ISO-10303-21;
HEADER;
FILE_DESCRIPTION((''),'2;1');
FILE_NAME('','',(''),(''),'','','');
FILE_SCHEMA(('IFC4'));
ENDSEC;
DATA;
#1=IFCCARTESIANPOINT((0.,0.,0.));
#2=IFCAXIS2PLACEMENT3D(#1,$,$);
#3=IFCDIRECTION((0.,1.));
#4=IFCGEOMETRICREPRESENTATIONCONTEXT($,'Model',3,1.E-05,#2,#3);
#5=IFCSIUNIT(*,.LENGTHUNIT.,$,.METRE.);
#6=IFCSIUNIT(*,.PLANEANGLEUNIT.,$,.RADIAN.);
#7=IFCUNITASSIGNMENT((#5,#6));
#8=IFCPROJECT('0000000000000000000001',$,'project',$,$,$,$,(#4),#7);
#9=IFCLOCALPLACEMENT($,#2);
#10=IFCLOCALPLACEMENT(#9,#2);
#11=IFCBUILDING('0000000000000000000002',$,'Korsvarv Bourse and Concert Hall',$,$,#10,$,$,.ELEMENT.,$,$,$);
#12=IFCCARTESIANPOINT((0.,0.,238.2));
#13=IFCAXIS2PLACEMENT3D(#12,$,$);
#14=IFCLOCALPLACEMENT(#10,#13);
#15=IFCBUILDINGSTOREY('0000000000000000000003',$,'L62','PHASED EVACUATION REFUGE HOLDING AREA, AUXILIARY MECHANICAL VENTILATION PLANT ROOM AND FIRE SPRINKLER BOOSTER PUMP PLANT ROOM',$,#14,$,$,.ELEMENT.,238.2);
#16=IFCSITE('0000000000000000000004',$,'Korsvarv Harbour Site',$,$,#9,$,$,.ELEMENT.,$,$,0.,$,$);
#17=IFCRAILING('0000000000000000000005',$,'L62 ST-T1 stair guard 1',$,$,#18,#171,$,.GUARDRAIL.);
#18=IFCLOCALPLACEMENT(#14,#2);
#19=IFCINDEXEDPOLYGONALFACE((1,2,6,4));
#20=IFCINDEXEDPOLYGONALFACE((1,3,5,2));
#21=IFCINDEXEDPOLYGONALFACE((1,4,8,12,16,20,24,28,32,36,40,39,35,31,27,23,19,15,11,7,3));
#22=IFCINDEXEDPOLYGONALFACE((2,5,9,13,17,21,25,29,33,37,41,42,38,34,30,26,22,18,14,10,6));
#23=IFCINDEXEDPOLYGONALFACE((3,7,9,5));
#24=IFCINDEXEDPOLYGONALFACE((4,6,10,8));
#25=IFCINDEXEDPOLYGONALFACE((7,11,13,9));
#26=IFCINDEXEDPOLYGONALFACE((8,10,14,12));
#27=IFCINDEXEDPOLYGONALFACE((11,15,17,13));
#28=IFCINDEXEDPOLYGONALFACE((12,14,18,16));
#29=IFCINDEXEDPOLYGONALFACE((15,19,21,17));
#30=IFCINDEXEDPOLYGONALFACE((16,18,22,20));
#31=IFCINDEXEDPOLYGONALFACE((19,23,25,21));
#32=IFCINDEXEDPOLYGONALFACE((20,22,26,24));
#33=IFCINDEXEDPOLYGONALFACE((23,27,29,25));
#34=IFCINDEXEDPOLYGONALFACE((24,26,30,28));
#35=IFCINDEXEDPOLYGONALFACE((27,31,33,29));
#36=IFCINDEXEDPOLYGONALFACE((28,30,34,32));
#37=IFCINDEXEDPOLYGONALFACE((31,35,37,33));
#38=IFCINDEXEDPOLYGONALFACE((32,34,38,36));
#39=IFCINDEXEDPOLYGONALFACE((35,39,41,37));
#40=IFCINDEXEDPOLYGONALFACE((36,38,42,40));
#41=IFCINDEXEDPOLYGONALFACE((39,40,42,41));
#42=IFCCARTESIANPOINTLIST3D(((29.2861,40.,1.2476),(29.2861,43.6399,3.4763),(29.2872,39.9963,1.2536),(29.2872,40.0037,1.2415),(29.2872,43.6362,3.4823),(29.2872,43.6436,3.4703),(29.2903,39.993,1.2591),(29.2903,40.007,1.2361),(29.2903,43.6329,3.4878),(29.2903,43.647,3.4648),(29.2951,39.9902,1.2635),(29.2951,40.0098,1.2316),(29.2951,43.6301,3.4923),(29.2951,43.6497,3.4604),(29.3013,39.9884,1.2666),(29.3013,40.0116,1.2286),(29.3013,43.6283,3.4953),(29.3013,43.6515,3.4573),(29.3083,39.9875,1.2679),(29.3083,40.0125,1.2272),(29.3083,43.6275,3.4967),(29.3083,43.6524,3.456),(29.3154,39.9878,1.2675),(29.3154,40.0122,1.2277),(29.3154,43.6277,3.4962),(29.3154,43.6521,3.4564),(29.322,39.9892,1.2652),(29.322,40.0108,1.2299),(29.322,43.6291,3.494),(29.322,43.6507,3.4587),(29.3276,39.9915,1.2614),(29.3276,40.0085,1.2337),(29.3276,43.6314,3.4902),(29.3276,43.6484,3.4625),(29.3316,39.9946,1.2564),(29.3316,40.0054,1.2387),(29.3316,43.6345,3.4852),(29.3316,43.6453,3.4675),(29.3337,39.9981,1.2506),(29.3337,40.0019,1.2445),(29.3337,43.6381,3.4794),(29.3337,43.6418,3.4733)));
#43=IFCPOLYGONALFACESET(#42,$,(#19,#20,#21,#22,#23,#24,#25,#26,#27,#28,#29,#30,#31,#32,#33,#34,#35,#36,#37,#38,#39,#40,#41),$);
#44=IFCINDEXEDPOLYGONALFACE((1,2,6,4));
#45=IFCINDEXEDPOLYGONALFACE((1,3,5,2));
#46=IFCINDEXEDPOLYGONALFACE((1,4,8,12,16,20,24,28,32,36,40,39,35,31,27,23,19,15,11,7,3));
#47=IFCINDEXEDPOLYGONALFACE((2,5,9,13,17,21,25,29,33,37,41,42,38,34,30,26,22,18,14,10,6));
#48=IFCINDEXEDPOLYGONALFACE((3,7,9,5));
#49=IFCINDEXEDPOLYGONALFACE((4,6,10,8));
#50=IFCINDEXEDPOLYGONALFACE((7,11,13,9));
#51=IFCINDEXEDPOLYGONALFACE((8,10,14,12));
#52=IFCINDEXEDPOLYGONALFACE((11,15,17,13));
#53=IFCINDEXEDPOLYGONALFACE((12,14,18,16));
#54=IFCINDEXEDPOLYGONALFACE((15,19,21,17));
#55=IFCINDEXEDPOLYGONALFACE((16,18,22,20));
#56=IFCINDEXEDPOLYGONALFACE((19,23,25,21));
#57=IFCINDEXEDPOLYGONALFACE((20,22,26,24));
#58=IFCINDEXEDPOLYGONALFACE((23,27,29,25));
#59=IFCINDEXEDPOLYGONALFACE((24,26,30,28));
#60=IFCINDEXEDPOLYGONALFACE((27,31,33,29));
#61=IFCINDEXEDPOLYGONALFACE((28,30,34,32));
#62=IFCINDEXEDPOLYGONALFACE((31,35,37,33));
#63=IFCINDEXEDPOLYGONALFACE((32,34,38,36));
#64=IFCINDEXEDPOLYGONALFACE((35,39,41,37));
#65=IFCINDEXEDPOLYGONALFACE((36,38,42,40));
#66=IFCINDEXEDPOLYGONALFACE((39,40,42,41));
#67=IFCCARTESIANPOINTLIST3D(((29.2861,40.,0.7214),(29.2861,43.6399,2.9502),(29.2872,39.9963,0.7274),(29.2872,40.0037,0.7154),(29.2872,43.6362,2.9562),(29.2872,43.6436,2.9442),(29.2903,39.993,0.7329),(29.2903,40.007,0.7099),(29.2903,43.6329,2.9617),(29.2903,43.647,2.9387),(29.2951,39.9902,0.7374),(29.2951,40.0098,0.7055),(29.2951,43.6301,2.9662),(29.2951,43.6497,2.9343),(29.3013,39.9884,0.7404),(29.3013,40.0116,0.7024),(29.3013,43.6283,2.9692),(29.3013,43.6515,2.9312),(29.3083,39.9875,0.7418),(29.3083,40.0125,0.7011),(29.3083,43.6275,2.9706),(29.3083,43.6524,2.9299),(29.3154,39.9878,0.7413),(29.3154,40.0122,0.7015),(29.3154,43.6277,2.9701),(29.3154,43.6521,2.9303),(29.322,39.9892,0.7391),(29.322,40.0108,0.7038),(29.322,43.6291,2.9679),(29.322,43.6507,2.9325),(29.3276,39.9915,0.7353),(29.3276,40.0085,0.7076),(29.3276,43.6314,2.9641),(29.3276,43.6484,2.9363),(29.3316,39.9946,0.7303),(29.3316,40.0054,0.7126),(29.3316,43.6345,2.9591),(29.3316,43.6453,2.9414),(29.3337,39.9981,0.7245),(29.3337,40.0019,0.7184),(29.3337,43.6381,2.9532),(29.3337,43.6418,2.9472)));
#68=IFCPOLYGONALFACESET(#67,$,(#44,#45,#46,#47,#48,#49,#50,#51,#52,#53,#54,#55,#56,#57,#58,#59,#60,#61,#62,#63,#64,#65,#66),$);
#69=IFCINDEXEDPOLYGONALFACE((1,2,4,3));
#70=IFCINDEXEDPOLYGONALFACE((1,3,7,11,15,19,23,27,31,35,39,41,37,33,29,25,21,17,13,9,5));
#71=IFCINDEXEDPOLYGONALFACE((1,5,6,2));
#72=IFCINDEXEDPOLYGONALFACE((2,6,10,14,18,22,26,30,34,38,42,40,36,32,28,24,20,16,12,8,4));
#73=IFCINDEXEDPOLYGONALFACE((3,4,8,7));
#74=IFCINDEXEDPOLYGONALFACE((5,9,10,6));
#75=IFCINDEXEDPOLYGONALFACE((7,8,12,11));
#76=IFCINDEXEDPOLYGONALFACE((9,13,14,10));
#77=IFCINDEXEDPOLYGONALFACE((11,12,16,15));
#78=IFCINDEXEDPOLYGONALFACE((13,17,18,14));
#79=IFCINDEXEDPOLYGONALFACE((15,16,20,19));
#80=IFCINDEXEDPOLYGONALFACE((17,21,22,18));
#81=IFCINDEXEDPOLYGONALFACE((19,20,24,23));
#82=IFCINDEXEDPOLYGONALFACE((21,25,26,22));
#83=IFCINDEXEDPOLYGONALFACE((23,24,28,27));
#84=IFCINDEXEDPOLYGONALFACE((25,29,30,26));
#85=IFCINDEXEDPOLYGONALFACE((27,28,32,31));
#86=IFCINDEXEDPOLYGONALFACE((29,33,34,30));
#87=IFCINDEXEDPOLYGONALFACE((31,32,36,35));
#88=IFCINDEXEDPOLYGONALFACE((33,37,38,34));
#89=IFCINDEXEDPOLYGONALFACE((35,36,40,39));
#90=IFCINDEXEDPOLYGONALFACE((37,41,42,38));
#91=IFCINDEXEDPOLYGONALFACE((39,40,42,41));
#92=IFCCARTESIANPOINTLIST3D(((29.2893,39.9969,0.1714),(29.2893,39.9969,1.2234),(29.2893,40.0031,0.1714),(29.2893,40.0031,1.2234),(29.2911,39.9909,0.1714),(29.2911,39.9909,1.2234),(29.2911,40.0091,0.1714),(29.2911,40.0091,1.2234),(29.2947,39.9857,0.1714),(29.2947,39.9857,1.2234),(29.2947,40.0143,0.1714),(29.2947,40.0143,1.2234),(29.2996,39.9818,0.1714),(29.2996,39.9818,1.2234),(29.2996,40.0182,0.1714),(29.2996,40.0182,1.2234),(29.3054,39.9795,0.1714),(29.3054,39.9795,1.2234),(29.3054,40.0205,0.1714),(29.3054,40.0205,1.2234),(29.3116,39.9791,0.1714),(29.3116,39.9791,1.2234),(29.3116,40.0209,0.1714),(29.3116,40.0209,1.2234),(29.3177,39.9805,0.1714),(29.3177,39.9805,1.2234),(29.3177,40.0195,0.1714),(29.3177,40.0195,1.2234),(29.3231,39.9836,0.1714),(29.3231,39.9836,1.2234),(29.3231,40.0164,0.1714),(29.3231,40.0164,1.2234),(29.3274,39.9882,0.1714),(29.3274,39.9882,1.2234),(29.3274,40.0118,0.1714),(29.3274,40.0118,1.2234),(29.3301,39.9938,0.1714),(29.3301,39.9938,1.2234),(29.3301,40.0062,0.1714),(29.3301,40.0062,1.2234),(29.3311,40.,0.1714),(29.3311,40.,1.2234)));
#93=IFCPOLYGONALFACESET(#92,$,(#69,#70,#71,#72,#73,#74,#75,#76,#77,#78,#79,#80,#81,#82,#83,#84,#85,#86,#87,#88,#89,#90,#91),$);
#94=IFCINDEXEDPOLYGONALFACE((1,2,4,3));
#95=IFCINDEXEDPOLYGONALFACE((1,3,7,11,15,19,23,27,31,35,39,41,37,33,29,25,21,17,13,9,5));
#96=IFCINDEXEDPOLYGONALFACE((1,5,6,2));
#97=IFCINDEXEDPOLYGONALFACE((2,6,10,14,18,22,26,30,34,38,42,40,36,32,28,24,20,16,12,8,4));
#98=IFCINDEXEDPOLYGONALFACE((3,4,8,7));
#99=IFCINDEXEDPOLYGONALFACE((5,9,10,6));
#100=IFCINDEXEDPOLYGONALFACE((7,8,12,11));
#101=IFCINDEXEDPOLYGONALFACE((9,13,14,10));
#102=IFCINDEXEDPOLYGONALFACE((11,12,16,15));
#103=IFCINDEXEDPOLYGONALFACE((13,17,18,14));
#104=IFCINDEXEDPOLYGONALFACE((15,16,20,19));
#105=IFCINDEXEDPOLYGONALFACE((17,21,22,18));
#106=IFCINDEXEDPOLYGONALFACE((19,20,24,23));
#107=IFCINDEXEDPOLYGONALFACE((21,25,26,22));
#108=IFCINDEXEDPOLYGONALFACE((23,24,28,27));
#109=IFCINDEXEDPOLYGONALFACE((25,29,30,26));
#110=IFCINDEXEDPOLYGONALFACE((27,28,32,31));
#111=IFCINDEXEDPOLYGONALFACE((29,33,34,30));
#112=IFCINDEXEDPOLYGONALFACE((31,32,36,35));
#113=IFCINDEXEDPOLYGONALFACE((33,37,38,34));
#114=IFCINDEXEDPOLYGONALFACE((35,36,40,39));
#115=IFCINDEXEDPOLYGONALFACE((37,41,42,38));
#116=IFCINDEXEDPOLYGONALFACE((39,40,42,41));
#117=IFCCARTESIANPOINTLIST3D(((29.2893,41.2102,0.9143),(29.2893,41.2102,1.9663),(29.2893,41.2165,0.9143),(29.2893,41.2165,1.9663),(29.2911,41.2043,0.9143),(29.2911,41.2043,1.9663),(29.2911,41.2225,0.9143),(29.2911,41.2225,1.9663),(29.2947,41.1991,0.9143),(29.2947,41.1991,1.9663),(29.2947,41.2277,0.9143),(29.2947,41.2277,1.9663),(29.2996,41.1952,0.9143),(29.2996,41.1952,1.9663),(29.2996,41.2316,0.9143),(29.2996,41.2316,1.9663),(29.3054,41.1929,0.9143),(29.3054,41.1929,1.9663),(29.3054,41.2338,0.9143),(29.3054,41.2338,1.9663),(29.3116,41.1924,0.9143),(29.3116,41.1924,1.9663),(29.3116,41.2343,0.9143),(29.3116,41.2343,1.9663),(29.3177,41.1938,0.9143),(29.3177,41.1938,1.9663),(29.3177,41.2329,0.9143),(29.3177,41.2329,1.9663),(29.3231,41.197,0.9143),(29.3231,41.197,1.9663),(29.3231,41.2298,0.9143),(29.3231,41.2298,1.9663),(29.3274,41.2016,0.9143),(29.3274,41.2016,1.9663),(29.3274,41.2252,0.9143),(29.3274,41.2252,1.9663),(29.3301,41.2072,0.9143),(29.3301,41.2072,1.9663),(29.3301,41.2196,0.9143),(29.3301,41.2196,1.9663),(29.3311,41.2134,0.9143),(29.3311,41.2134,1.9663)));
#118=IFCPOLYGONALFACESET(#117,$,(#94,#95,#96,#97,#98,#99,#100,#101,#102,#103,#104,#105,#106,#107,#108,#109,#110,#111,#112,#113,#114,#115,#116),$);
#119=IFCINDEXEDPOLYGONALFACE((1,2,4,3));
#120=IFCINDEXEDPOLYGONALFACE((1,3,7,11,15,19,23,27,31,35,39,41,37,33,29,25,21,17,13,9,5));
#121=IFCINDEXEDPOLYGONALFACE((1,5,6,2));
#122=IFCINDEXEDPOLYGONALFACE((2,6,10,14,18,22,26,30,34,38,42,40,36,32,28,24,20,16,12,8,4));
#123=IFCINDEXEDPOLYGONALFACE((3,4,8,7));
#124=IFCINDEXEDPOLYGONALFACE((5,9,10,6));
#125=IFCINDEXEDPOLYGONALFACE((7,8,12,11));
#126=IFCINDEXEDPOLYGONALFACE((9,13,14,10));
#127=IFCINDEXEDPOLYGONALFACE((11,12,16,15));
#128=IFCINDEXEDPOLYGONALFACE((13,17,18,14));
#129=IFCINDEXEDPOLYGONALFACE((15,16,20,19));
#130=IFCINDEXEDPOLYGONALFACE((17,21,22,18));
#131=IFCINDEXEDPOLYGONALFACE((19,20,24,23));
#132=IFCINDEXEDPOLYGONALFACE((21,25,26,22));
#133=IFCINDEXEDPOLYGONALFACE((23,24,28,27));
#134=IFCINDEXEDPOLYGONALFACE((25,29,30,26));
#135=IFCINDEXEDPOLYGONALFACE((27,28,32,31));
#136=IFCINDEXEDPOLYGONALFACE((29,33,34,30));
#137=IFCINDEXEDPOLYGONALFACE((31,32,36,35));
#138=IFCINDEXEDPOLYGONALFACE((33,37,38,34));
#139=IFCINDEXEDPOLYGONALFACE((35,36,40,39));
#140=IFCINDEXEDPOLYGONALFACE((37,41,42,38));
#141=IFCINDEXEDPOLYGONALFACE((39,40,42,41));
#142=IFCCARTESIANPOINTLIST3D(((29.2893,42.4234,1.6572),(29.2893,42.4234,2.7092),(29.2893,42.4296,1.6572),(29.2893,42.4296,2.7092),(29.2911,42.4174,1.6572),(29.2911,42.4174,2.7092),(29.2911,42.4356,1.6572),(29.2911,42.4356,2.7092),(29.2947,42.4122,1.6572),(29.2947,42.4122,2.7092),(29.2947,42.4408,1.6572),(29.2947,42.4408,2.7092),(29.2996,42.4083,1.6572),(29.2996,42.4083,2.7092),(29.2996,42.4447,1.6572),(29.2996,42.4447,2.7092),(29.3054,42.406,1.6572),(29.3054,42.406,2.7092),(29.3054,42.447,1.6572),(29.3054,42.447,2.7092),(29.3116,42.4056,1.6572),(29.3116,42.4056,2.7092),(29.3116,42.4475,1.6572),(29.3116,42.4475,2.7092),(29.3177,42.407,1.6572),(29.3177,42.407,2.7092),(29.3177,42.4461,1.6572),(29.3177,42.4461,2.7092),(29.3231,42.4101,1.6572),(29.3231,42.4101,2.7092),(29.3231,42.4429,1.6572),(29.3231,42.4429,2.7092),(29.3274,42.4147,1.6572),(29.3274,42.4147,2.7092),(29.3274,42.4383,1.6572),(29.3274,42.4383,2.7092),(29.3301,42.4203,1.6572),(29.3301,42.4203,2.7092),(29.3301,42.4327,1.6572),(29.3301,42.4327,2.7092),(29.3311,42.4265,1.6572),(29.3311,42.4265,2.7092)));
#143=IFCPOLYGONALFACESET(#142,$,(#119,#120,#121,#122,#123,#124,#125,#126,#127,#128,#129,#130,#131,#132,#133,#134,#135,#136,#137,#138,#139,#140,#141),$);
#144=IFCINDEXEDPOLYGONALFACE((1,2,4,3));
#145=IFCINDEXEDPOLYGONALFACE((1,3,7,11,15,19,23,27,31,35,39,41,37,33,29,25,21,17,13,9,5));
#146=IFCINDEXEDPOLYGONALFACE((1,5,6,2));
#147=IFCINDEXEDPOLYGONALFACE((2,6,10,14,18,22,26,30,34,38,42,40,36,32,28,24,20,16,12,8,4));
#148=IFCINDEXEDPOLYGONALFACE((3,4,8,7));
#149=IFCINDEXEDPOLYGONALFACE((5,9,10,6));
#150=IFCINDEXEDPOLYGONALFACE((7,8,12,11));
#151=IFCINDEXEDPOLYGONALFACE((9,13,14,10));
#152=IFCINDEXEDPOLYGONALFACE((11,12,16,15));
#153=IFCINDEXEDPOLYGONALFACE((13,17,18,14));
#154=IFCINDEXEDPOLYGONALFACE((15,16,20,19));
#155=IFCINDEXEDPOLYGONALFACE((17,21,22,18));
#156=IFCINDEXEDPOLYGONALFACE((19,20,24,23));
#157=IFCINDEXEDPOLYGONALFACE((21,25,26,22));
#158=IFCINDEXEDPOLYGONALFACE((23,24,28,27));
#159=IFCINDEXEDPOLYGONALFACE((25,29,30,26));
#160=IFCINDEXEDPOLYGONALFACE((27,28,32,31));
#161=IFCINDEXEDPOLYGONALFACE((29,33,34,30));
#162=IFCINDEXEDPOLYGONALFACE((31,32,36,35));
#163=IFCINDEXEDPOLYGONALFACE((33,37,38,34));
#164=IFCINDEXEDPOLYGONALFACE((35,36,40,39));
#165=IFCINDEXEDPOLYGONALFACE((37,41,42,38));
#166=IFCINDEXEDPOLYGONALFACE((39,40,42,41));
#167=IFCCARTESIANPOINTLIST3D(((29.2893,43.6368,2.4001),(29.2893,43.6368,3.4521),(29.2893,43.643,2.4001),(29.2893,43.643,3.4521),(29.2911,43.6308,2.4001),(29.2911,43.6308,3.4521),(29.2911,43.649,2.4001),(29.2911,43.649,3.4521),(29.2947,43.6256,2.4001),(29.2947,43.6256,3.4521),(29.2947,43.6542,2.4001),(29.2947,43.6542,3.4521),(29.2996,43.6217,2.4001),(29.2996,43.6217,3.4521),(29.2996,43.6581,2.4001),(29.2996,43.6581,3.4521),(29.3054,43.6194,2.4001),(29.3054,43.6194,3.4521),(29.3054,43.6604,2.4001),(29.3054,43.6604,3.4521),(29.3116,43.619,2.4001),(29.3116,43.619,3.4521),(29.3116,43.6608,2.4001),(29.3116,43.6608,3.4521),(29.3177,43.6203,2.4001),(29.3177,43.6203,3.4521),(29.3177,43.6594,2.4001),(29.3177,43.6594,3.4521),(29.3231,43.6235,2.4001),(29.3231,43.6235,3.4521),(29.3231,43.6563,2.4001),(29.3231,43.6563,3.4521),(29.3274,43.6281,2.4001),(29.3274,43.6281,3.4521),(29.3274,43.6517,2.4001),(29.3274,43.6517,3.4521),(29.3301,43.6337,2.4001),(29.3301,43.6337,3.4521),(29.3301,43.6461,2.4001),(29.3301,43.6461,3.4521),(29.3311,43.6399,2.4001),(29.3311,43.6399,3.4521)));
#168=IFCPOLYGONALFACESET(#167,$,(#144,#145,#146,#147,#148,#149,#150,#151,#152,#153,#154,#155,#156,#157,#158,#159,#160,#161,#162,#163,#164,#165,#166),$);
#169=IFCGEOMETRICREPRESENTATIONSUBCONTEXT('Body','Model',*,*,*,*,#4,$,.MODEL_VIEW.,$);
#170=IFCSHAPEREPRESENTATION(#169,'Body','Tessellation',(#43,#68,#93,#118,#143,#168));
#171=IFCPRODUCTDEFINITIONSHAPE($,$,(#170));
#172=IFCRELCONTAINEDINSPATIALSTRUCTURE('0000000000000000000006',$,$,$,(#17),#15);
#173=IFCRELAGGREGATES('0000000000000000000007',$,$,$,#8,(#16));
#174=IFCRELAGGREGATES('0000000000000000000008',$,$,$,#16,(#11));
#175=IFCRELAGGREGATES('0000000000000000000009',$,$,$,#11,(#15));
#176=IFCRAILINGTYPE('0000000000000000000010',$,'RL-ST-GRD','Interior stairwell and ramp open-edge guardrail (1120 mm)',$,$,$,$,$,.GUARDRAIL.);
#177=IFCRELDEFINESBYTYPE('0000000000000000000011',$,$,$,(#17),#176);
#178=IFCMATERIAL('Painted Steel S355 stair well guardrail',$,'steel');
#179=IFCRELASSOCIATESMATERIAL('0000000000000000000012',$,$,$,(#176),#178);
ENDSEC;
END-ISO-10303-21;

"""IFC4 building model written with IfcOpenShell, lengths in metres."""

from ifc_helpers import new_model, si_unit, direction, frame, origin, origin_2d, place, context, subcontext, project, spatial, circle, extrude, material, type_object, element, save


model = new_model("IFC4")

# Units and contexts
model_context = context("Model", 3, precision=1e-05, world=origin(), true_north=direction((0.0, 1.0)))
body_context = subcontext(model_context, "Body", "Model", "MODEL_VIEW")
ifc_project = project(units=[si_unit("LENGTHUNIT", "METRE"), si_unit("PLANEANGLEUNIT", "RADIAN")], contexts=[model_context])

# Site, building, storey
site_placement = place(None, origin())
site = spatial("IfcSite", under=ifc_project, at=site_placement, Name="Korsvarv Harbour Site", CompositionType="ELEMENT", RefElevation=0.0)
building_placement = place(site_placement, origin())
building = spatial("IfcBuilding", under=site, at=building_placement, Name="Korsvarv Bourse and Concert Hall", CompositionType="ELEMENT")
storey_placement = place(building_placement, frame((0.0, 0.0, 238.2)))
storey = spatial("IfcBuildingStorey", under=building, at=storey_placement, Name="L62", Description="PHASED EVACUATION REFUGE HOLDING AREA, AUXILIARY MECHANICAL VENTILATION PLANT ROOM AND FIRE SPRINKLER BOOSTER PUMP PLANT ROOM", CompositionType="ELEMENT", Elevation=238.2)

# Railing
ifc_material_1 = material(Name="Painted Steel S355 stair well guardrail", Category="steel")
railing_type_1 = type_object("IfcRailingType", Name="RL-ST-GRD", Description="Interior stairwell and ramp open-edge guardrail (1120 mm)", PredefinedType="GUARDRAIL", material=ifc_material_1)
railing_1_placement = place(storey_placement, frame((29.3101, 40.0, 0.1714)))
element("IfcRailing", 1, at=railing_1_placement, inside=storey, type_object=railing_type_1, Name="L62 ST-T1 stair guard 1", PredefinedType="GUARDRAIL", context=body_context, shape_type="SweptSolid", body=[
    extrude(circle(Radius=0.0239, at=origin_2d()), frame((0.0, 0.0, 1.0762), z_axis=(0.0, 0.852825, 0.522197), x_axis=(-1.0, 0.0, 0.0)), (0.0, 0.0, 1.0), 4.2681),
    extrude(circle(Radius=0.0239, at=origin_2d()), frame((0.0, 0.0, 0.55), z_axis=(0.0, 0.852825, 0.522197), x_axis=(-1.0, 0.0, 0.0)), (0.0, 0.0, 1.0), 4.2681),
    extrude(circle(Radius=0.021, at=origin_2d()), origin(), (0.0, 0.0, 1.0), 1.052),
    extrude(circle(Radius=0.021, at=origin_2d()), frame((0.0, 1.2134, 0.7429)), (0.0, 0.0, 1.0), 1.052),
    extrude(circle(Radius=0.021, at=origin_2d()), frame((0.0, 2.4265, 1.4858)), (0.0, 0.0, 1.0), 1.052),
    extrude(circle(Radius=0.021, at=origin_2d()), frame((0.0, 3.6399, 2.2288)), (0.0, 0.0, 1.0), 1.052),
])

save(model, "model.ifc")
